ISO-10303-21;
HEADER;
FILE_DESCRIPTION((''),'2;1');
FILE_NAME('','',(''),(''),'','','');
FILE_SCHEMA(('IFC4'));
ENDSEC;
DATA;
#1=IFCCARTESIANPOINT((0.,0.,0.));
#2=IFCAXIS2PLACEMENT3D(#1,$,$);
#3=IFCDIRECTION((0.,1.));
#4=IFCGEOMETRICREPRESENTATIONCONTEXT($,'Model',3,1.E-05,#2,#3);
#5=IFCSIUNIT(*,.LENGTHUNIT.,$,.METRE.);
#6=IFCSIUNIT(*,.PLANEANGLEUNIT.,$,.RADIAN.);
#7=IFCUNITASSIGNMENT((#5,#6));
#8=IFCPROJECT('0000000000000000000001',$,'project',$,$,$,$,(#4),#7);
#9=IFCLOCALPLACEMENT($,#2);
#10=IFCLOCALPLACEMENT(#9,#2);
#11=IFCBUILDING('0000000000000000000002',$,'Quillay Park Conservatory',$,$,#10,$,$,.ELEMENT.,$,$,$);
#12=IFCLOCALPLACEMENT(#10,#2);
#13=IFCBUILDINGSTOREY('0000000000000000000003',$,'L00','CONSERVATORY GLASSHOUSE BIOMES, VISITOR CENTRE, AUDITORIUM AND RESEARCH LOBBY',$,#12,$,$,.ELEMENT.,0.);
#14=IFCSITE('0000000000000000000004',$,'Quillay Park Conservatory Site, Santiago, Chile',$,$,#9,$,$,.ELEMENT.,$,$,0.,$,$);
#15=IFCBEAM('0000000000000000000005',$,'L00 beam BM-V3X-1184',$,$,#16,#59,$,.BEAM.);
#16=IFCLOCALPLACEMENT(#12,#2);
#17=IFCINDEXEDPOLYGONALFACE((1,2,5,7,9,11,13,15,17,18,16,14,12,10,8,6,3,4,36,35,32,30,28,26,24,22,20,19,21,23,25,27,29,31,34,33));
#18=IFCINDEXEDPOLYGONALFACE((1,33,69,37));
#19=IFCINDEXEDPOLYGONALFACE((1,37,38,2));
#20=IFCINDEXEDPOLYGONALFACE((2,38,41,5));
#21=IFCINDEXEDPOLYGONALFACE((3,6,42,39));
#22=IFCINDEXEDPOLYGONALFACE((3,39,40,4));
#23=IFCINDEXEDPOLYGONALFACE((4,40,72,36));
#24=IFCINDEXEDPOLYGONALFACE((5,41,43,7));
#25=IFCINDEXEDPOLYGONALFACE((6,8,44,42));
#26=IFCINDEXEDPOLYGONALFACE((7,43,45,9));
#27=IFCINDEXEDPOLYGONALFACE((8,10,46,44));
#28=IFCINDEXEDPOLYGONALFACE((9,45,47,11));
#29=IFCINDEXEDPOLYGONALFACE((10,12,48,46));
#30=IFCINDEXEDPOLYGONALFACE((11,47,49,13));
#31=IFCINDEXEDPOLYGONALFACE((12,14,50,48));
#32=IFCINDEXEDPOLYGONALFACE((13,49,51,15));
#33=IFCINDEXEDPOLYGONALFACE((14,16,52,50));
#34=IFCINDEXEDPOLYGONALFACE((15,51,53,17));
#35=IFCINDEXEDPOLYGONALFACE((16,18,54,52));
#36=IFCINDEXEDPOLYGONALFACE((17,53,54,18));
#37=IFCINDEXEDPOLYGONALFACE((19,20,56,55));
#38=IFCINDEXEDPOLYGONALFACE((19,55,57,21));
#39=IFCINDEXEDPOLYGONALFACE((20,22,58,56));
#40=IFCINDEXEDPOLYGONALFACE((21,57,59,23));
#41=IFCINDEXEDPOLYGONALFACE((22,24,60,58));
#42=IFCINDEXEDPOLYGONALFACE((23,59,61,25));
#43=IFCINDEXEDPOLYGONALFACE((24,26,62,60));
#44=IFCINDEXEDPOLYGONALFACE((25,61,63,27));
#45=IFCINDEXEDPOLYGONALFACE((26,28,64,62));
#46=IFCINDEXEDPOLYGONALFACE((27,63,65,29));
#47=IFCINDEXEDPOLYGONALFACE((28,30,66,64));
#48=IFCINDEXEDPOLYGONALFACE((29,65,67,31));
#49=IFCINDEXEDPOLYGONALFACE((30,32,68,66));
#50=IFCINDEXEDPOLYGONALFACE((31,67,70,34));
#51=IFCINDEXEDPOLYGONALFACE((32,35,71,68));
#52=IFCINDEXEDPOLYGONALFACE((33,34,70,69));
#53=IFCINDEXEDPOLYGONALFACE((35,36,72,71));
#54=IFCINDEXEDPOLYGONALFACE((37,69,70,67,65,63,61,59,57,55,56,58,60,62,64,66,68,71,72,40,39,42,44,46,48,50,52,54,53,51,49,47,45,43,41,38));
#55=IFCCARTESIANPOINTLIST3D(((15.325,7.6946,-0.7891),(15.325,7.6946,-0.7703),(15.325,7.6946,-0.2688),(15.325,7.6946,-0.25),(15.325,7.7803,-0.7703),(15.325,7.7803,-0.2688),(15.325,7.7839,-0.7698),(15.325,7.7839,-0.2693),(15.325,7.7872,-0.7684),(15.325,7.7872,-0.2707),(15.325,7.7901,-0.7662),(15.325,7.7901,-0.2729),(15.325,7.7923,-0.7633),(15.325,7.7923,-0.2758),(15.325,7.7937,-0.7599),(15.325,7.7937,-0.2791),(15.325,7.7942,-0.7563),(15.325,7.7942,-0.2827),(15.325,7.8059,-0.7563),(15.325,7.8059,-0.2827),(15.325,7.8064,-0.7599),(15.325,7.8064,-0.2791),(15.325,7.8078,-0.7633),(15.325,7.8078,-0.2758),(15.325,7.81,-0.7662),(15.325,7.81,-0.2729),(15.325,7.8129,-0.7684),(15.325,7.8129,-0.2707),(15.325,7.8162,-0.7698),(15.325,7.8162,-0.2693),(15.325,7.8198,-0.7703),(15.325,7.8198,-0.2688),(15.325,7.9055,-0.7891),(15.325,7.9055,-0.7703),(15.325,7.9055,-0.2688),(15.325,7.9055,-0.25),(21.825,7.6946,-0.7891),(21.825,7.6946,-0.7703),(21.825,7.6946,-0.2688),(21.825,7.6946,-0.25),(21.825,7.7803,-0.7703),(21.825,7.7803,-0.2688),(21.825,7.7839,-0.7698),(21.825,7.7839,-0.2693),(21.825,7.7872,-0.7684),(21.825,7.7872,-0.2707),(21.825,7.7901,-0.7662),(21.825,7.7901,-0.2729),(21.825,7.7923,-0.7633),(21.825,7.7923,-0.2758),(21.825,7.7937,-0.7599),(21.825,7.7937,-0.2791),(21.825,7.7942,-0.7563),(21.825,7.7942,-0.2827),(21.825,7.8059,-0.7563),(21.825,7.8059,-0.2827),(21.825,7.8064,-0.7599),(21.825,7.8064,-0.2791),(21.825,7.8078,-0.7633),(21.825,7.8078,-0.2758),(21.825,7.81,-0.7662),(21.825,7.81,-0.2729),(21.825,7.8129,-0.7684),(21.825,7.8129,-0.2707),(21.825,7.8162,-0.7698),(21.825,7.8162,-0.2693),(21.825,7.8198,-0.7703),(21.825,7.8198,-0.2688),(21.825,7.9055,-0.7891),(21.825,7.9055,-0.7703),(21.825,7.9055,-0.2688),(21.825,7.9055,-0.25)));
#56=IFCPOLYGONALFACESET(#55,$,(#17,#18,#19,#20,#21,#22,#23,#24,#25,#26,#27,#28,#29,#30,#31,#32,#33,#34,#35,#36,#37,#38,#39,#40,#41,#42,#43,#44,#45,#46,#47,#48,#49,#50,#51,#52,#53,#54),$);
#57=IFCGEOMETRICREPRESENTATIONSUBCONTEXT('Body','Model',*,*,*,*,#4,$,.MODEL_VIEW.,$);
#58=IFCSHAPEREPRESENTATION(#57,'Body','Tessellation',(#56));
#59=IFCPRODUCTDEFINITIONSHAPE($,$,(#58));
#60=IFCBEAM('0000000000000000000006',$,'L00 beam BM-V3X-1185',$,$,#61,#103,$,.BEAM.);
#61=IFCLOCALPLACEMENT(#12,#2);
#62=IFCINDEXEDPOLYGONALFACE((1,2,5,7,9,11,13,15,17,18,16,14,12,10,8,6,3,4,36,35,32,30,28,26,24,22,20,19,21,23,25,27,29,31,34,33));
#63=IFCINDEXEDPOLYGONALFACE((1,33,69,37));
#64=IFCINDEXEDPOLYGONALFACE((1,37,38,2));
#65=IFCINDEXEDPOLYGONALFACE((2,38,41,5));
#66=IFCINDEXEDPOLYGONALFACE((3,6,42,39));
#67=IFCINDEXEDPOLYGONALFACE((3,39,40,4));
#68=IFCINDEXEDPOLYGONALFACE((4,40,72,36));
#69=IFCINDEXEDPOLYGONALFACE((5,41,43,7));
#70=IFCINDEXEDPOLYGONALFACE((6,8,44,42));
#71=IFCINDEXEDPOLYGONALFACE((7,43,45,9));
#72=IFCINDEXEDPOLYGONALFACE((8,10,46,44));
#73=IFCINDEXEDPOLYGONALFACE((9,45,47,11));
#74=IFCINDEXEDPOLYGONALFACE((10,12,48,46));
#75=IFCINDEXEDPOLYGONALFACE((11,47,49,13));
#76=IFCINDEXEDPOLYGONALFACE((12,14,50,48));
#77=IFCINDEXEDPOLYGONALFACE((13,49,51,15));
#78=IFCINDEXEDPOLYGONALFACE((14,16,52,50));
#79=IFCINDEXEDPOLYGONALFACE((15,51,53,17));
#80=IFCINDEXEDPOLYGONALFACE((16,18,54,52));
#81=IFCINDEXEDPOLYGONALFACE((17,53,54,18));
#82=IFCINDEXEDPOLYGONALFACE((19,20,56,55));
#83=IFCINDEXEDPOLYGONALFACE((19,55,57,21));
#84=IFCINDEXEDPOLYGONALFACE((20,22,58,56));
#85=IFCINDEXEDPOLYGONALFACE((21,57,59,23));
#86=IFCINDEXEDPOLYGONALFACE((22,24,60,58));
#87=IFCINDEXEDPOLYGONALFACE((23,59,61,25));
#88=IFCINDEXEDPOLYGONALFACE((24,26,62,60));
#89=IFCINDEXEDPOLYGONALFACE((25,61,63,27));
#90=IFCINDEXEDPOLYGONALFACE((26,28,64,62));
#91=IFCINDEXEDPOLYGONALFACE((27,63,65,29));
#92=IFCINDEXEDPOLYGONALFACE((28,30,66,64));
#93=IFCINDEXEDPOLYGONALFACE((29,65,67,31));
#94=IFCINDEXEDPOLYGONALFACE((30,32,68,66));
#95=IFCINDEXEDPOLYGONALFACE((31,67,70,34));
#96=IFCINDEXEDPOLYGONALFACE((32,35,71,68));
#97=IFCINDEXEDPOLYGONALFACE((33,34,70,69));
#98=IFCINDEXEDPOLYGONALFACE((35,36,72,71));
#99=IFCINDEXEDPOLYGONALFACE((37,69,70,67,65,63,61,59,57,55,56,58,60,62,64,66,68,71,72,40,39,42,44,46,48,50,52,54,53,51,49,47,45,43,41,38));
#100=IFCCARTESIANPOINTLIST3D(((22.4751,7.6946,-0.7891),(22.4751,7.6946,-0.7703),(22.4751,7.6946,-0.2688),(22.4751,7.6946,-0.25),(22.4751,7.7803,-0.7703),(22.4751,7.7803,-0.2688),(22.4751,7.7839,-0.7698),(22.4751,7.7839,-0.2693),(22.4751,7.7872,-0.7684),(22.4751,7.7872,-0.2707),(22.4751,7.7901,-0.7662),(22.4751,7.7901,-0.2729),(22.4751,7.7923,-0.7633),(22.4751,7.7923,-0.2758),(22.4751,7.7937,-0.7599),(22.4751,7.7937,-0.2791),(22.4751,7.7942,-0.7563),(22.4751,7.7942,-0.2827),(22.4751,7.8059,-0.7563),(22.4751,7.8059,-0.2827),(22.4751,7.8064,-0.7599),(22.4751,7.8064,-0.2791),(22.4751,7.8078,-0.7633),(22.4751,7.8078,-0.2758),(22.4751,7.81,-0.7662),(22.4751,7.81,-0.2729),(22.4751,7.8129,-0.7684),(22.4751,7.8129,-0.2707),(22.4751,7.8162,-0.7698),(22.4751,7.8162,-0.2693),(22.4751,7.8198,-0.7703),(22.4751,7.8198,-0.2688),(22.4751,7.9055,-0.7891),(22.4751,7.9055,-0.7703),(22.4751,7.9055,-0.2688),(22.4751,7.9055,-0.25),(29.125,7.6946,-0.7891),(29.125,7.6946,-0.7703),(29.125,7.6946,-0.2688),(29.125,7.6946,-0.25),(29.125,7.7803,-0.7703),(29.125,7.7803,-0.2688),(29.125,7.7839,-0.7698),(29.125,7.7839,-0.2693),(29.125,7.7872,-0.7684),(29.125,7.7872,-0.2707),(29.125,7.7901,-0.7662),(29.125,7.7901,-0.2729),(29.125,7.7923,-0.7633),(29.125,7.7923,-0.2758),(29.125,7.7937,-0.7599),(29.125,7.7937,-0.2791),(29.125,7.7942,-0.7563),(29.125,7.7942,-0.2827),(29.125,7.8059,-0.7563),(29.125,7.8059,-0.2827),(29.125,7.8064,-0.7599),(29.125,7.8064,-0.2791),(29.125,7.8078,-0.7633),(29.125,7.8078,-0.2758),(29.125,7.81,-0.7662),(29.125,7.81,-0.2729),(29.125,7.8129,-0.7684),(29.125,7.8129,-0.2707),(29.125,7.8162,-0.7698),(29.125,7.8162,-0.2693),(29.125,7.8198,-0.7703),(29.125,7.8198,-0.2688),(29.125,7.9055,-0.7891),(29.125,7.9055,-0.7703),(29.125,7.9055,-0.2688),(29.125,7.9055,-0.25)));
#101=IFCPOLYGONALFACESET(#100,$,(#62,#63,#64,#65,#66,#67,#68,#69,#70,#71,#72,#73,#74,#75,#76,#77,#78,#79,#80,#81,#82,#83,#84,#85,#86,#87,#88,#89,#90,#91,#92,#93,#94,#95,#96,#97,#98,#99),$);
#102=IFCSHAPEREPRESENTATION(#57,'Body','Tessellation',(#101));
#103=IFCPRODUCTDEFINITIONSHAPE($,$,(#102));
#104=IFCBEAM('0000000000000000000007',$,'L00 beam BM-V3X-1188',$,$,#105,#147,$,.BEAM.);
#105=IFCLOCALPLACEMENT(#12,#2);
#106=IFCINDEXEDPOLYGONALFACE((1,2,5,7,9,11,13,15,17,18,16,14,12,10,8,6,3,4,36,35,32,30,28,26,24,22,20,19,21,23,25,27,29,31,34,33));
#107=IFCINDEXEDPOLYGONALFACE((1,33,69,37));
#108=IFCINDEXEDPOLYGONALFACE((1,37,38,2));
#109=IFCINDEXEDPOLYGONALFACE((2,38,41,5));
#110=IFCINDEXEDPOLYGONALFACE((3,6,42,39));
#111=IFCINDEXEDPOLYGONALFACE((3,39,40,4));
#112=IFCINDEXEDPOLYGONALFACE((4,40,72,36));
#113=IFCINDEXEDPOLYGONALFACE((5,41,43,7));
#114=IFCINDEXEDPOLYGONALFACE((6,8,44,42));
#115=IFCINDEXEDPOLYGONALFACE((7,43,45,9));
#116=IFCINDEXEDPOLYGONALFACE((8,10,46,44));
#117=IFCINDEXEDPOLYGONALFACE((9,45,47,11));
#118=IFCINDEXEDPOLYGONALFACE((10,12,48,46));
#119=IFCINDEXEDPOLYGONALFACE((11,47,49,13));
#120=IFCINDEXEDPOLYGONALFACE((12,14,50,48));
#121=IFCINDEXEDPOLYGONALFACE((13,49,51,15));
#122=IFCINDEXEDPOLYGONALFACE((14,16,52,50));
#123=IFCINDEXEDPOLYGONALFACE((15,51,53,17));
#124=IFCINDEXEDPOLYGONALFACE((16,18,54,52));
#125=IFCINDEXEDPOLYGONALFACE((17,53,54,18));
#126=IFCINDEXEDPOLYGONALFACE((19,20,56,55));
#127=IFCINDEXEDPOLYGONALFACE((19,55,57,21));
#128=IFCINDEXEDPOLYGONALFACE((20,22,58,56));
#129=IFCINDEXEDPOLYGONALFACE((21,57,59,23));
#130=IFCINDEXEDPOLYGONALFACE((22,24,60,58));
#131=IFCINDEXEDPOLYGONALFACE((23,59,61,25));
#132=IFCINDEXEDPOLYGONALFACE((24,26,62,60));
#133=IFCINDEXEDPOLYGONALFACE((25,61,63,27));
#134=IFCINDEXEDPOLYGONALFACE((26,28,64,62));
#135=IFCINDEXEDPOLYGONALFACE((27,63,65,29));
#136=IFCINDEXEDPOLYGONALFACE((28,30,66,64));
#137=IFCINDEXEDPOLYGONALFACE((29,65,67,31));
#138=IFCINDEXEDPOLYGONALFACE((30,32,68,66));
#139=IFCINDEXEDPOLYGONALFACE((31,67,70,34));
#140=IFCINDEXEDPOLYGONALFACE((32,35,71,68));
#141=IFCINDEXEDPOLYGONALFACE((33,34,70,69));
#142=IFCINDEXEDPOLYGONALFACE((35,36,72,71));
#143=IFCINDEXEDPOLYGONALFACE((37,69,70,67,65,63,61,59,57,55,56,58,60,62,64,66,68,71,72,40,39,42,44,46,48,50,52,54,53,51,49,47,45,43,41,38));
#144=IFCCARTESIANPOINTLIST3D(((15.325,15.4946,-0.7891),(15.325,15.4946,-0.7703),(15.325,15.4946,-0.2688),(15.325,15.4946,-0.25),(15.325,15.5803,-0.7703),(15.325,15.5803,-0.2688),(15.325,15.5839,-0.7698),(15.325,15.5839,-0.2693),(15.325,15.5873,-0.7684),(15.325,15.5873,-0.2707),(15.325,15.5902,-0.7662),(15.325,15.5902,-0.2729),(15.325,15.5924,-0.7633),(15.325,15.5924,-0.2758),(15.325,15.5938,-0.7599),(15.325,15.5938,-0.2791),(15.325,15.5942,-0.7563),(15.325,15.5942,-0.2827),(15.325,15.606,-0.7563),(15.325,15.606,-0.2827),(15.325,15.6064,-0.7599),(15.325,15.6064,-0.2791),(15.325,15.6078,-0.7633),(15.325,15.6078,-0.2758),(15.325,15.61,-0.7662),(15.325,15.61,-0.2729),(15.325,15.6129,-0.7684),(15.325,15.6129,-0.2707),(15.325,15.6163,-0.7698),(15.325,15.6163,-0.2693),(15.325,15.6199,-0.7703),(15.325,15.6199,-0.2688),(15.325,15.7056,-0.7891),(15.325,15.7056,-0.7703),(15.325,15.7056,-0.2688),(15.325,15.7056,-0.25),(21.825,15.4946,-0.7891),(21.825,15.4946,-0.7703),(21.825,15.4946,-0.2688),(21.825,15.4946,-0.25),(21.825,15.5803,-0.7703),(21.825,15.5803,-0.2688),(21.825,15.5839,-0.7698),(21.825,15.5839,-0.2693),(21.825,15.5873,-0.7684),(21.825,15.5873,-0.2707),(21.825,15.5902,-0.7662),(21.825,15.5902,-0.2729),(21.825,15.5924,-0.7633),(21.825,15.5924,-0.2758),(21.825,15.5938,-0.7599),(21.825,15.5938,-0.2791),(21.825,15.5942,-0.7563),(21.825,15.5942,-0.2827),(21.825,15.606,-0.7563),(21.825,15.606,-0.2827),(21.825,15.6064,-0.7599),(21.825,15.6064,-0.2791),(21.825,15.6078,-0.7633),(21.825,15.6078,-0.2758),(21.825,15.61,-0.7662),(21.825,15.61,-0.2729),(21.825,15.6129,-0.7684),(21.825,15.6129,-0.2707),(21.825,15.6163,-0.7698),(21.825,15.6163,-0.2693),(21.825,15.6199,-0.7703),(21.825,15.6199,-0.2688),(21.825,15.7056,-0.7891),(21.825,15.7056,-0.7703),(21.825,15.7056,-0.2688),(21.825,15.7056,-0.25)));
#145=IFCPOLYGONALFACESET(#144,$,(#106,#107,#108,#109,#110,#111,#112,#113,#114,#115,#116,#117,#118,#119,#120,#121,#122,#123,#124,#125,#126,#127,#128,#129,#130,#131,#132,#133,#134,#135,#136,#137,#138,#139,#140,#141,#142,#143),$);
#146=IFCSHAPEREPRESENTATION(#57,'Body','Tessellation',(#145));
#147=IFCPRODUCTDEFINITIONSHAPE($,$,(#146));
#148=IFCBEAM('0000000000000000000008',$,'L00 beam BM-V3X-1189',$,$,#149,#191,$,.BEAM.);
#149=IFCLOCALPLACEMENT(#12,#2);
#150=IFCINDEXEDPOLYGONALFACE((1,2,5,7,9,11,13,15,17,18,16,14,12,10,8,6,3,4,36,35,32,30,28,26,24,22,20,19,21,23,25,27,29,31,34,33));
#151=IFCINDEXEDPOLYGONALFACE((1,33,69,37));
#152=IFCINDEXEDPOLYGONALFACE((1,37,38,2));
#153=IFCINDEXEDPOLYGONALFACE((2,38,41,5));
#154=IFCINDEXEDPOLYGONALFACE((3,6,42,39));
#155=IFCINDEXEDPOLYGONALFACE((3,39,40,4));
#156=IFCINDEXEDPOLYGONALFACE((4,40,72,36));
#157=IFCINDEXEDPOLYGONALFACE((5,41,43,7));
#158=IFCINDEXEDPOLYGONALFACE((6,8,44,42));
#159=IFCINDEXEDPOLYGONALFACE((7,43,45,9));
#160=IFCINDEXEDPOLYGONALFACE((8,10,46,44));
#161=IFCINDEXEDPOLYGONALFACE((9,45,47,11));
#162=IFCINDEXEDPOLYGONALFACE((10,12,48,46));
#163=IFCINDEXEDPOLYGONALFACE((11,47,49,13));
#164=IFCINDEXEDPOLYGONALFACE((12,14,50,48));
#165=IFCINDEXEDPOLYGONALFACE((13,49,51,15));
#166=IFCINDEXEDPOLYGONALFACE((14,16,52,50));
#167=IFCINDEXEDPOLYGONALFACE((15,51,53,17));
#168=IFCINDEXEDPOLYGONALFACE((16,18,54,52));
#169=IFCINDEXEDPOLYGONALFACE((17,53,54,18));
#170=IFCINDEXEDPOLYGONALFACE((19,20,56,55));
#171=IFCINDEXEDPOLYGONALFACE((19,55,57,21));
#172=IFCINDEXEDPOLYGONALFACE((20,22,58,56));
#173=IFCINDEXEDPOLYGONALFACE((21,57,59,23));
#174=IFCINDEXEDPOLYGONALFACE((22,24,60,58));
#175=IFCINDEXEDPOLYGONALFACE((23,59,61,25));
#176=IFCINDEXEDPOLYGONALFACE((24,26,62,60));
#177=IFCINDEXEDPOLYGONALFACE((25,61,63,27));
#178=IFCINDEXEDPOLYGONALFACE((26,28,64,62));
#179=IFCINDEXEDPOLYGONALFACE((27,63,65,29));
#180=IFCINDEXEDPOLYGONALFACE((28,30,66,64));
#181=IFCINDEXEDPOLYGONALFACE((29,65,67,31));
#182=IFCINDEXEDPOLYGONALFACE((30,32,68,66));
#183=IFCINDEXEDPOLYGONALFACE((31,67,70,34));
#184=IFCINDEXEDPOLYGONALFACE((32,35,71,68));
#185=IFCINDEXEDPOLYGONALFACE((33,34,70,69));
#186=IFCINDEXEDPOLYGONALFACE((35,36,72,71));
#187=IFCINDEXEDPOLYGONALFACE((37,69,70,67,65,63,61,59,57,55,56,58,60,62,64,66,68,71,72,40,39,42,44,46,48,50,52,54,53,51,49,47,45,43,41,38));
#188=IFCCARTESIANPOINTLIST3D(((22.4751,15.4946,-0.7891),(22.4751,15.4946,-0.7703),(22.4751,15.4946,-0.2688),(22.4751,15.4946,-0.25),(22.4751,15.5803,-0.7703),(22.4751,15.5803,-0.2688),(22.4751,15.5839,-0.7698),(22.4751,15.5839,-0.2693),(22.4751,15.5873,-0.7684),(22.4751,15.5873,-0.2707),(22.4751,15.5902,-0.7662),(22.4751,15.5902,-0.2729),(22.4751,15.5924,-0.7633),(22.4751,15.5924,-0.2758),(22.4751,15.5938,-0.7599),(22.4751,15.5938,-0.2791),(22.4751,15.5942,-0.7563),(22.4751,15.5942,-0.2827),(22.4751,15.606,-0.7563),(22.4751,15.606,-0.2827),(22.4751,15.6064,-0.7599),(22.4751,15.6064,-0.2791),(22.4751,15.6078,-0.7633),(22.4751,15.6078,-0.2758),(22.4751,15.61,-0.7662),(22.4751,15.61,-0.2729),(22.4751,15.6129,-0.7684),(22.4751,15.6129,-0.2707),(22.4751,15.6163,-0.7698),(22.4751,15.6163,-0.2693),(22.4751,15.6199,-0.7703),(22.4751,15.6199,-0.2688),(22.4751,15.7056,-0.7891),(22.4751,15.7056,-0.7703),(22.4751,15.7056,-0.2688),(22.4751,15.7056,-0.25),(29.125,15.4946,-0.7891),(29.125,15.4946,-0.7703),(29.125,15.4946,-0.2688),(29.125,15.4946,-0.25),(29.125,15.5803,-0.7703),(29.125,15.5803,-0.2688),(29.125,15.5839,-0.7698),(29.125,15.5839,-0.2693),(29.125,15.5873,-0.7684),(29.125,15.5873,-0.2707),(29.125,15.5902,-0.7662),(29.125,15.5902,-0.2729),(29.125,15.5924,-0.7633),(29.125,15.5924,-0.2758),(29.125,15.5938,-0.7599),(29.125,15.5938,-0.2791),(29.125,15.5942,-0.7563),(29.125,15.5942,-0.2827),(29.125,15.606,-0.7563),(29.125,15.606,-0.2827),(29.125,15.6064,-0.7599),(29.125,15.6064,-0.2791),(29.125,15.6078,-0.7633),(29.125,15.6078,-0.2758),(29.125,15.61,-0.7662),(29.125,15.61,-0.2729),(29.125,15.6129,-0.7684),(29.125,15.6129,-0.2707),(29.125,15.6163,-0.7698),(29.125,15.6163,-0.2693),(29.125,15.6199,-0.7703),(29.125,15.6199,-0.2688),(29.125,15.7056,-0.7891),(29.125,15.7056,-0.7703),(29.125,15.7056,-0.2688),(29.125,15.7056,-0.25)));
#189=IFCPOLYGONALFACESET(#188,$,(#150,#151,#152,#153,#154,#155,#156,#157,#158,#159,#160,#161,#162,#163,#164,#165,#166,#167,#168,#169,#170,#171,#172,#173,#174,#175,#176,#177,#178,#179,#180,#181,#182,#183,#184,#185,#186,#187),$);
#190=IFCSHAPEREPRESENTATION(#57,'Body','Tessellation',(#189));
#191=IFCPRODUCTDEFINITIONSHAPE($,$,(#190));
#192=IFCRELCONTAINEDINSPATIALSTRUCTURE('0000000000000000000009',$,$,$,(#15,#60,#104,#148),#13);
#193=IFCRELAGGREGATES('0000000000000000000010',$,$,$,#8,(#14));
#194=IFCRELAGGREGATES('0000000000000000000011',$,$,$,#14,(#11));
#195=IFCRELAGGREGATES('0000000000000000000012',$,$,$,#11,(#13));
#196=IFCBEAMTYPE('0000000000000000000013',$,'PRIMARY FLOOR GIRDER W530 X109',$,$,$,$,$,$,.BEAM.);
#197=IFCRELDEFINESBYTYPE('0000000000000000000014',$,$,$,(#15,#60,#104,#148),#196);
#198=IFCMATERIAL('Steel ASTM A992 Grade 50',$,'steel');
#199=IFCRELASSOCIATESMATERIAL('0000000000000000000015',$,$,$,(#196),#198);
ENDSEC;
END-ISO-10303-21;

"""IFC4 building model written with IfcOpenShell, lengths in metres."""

from ifc_helpers import new_model, si_unit, direction, frame, origin, origin_2d, place, context, subcontext, project, spatial, i_section, extrude, material, material_profile, profile_set, type_object, element, save


model = new_model("IFC4")

# Units and contexts
model_context = context("Model", 3, precision=1e-05, world=origin(), true_north=direction((0.0, 1.0)))
body_context = subcontext(model_context, "Body", "Model", "MODEL_VIEW")
ifc_project = project(units=[si_unit("LENGTHUNIT", "METRE"), si_unit("PLANEANGLEUNIT", "RADIAN")], contexts=[model_context])

# Site, building, storey
site_placement = place(None, origin())
site = spatial("IfcSite", under=ifc_project, at=site_placement, Name="Quillay Park Conservatory Site, Santiago, Chile", CompositionType="ELEMENT", RefElevation=0.0)
building_placement = place(site_placement, origin())
building = spatial("IfcBuilding", under=site, at=building_placement, Name="Quillay Park Conservatory", CompositionType="ELEMENT")
storey_placement = place(building_placement, origin())
storey = spatial("IfcBuildingStorey", under=building, at=storey_placement, Name="L00", Description="CONSERVATORY GLASSHOUSE BIOMES, VISITOR CENTRE, AUDITORIUM AND RESEARCH LOBBY", CompositionType="ELEMENT", Elevation=0.0)

# Beams
ifc_material_1 = material(Name="Steel ASTM A992 Grade 50", Category="steel")
ifc_material_profile_1 = material_profile(ifc_material_1, i_section(OverallWidth=0.2109, OverallDepth=0.5391, WebThickness=0.0117, FlangeThickness=0.0188, FilletRadius=0.0139, at=origin_2d()), Name="W530x109")
ifc_profile_set_1 = profile_set([ifc_material_profile_1], Name="Steel ASTM A992 Grade 50")
beam_type_1 = type_object("IfcBeamType", Name="PRIMARY FLOOR GIRDER W530 X109", PredefinedType="BEAM", material=ifc_profile_set_1)
beam_1_placement = place(storey_placement, frame((15.325, 7.8, -0.5195), z_axis=(1.0, 0.0, 0.0), x_axis=(0.0, 1.0, 0.0)))
element("IfcBeam", 1, at=beam_1_placement, inside=storey, type_object=beam_type_1, Name="L00 beam BM-V3X-1184", PredefinedType="BEAM", context=body_context, shape_type="SweptSolid", body=[
    extrude(i_section(OverallWidth=0.2109, OverallDepth=0.5391, WebThickness=0.0117, FlangeThickness=0.0188, FilletRadius=0.0139, at=origin_2d()), origin(), (0.0, 0.0, 1.0), 6.5),
])
beam_2_placement = place(storey_placement, frame((22.4751, 7.8, -0.5195), z_axis=(1.0, 0.0, 0.0), x_axis=(0.0, 1.0, 0.0)))
element("IfcBeam", 2, at=beam_2_placement, inside=storey, type_object=beam_type_1, Name="L00 beam BM-V3X-1185", PredefinedType="BEAM", context=body_context, shape_type="SweptSolid", body=[
    extrude(i_section(OverallWidth=0.2109, OverallDepth=0.5391, WebThickness=0.0117, FlangeThickness=0.0188, FilletRadius=0.0139, at=origin_2d()), origin(), (0.0, 0.0, 1.0), 6.6499),
])
beam_3_placement = place(storey_placement, frame((15.325, 15.6001, -0.5195), z_axis=(1.0, 0.0, 0.0), x_axis=(0.0, 1.0, 0.0)))
element("IfcBeam", 3, at=beam_3_placement, inside=storey, type_object=beam_type_1, Name="L00 beam BM-V3X-1188", PredefinedType="BEAM", context=body_context, shape_type="SweptSolid", body=[
    extrude(i_section(OverallWidth=0.2109, OverallDepth=0.5391, WebThickness=0.0117, FlangeThickness=0.0188, FilletRadius=0.0139, at=origin_2d()), origin(), (0.0, 0.0, 1.0), 6.5),
])
beam_4_placement = place(storey_placement, frame((22.4751, 15.6001, -0.5195), z_axis=(1.0, 0.0, 0.0), x_axis=(0.0, 1.0, 0.0)))
element("IfcBeam", 4, at=beam_4_placement, inside=storey, type_object=beam_type_1, Name="L00 beam BM-V3X-1189", PredefinedType="BEAM", context=body_context, shape_type="SweptSolid", body=[
    extrude(i_section(OverallWidth=0.2109, OverallDepth=0.5391, WebThickness=0.0117, FlangeThickness=0.0188, FilletRadius=0.0139, at=origin_2d()), origin(), (0.0, 0.0, 1.0), 6.6499),
])

save(model, "model.ifc")
